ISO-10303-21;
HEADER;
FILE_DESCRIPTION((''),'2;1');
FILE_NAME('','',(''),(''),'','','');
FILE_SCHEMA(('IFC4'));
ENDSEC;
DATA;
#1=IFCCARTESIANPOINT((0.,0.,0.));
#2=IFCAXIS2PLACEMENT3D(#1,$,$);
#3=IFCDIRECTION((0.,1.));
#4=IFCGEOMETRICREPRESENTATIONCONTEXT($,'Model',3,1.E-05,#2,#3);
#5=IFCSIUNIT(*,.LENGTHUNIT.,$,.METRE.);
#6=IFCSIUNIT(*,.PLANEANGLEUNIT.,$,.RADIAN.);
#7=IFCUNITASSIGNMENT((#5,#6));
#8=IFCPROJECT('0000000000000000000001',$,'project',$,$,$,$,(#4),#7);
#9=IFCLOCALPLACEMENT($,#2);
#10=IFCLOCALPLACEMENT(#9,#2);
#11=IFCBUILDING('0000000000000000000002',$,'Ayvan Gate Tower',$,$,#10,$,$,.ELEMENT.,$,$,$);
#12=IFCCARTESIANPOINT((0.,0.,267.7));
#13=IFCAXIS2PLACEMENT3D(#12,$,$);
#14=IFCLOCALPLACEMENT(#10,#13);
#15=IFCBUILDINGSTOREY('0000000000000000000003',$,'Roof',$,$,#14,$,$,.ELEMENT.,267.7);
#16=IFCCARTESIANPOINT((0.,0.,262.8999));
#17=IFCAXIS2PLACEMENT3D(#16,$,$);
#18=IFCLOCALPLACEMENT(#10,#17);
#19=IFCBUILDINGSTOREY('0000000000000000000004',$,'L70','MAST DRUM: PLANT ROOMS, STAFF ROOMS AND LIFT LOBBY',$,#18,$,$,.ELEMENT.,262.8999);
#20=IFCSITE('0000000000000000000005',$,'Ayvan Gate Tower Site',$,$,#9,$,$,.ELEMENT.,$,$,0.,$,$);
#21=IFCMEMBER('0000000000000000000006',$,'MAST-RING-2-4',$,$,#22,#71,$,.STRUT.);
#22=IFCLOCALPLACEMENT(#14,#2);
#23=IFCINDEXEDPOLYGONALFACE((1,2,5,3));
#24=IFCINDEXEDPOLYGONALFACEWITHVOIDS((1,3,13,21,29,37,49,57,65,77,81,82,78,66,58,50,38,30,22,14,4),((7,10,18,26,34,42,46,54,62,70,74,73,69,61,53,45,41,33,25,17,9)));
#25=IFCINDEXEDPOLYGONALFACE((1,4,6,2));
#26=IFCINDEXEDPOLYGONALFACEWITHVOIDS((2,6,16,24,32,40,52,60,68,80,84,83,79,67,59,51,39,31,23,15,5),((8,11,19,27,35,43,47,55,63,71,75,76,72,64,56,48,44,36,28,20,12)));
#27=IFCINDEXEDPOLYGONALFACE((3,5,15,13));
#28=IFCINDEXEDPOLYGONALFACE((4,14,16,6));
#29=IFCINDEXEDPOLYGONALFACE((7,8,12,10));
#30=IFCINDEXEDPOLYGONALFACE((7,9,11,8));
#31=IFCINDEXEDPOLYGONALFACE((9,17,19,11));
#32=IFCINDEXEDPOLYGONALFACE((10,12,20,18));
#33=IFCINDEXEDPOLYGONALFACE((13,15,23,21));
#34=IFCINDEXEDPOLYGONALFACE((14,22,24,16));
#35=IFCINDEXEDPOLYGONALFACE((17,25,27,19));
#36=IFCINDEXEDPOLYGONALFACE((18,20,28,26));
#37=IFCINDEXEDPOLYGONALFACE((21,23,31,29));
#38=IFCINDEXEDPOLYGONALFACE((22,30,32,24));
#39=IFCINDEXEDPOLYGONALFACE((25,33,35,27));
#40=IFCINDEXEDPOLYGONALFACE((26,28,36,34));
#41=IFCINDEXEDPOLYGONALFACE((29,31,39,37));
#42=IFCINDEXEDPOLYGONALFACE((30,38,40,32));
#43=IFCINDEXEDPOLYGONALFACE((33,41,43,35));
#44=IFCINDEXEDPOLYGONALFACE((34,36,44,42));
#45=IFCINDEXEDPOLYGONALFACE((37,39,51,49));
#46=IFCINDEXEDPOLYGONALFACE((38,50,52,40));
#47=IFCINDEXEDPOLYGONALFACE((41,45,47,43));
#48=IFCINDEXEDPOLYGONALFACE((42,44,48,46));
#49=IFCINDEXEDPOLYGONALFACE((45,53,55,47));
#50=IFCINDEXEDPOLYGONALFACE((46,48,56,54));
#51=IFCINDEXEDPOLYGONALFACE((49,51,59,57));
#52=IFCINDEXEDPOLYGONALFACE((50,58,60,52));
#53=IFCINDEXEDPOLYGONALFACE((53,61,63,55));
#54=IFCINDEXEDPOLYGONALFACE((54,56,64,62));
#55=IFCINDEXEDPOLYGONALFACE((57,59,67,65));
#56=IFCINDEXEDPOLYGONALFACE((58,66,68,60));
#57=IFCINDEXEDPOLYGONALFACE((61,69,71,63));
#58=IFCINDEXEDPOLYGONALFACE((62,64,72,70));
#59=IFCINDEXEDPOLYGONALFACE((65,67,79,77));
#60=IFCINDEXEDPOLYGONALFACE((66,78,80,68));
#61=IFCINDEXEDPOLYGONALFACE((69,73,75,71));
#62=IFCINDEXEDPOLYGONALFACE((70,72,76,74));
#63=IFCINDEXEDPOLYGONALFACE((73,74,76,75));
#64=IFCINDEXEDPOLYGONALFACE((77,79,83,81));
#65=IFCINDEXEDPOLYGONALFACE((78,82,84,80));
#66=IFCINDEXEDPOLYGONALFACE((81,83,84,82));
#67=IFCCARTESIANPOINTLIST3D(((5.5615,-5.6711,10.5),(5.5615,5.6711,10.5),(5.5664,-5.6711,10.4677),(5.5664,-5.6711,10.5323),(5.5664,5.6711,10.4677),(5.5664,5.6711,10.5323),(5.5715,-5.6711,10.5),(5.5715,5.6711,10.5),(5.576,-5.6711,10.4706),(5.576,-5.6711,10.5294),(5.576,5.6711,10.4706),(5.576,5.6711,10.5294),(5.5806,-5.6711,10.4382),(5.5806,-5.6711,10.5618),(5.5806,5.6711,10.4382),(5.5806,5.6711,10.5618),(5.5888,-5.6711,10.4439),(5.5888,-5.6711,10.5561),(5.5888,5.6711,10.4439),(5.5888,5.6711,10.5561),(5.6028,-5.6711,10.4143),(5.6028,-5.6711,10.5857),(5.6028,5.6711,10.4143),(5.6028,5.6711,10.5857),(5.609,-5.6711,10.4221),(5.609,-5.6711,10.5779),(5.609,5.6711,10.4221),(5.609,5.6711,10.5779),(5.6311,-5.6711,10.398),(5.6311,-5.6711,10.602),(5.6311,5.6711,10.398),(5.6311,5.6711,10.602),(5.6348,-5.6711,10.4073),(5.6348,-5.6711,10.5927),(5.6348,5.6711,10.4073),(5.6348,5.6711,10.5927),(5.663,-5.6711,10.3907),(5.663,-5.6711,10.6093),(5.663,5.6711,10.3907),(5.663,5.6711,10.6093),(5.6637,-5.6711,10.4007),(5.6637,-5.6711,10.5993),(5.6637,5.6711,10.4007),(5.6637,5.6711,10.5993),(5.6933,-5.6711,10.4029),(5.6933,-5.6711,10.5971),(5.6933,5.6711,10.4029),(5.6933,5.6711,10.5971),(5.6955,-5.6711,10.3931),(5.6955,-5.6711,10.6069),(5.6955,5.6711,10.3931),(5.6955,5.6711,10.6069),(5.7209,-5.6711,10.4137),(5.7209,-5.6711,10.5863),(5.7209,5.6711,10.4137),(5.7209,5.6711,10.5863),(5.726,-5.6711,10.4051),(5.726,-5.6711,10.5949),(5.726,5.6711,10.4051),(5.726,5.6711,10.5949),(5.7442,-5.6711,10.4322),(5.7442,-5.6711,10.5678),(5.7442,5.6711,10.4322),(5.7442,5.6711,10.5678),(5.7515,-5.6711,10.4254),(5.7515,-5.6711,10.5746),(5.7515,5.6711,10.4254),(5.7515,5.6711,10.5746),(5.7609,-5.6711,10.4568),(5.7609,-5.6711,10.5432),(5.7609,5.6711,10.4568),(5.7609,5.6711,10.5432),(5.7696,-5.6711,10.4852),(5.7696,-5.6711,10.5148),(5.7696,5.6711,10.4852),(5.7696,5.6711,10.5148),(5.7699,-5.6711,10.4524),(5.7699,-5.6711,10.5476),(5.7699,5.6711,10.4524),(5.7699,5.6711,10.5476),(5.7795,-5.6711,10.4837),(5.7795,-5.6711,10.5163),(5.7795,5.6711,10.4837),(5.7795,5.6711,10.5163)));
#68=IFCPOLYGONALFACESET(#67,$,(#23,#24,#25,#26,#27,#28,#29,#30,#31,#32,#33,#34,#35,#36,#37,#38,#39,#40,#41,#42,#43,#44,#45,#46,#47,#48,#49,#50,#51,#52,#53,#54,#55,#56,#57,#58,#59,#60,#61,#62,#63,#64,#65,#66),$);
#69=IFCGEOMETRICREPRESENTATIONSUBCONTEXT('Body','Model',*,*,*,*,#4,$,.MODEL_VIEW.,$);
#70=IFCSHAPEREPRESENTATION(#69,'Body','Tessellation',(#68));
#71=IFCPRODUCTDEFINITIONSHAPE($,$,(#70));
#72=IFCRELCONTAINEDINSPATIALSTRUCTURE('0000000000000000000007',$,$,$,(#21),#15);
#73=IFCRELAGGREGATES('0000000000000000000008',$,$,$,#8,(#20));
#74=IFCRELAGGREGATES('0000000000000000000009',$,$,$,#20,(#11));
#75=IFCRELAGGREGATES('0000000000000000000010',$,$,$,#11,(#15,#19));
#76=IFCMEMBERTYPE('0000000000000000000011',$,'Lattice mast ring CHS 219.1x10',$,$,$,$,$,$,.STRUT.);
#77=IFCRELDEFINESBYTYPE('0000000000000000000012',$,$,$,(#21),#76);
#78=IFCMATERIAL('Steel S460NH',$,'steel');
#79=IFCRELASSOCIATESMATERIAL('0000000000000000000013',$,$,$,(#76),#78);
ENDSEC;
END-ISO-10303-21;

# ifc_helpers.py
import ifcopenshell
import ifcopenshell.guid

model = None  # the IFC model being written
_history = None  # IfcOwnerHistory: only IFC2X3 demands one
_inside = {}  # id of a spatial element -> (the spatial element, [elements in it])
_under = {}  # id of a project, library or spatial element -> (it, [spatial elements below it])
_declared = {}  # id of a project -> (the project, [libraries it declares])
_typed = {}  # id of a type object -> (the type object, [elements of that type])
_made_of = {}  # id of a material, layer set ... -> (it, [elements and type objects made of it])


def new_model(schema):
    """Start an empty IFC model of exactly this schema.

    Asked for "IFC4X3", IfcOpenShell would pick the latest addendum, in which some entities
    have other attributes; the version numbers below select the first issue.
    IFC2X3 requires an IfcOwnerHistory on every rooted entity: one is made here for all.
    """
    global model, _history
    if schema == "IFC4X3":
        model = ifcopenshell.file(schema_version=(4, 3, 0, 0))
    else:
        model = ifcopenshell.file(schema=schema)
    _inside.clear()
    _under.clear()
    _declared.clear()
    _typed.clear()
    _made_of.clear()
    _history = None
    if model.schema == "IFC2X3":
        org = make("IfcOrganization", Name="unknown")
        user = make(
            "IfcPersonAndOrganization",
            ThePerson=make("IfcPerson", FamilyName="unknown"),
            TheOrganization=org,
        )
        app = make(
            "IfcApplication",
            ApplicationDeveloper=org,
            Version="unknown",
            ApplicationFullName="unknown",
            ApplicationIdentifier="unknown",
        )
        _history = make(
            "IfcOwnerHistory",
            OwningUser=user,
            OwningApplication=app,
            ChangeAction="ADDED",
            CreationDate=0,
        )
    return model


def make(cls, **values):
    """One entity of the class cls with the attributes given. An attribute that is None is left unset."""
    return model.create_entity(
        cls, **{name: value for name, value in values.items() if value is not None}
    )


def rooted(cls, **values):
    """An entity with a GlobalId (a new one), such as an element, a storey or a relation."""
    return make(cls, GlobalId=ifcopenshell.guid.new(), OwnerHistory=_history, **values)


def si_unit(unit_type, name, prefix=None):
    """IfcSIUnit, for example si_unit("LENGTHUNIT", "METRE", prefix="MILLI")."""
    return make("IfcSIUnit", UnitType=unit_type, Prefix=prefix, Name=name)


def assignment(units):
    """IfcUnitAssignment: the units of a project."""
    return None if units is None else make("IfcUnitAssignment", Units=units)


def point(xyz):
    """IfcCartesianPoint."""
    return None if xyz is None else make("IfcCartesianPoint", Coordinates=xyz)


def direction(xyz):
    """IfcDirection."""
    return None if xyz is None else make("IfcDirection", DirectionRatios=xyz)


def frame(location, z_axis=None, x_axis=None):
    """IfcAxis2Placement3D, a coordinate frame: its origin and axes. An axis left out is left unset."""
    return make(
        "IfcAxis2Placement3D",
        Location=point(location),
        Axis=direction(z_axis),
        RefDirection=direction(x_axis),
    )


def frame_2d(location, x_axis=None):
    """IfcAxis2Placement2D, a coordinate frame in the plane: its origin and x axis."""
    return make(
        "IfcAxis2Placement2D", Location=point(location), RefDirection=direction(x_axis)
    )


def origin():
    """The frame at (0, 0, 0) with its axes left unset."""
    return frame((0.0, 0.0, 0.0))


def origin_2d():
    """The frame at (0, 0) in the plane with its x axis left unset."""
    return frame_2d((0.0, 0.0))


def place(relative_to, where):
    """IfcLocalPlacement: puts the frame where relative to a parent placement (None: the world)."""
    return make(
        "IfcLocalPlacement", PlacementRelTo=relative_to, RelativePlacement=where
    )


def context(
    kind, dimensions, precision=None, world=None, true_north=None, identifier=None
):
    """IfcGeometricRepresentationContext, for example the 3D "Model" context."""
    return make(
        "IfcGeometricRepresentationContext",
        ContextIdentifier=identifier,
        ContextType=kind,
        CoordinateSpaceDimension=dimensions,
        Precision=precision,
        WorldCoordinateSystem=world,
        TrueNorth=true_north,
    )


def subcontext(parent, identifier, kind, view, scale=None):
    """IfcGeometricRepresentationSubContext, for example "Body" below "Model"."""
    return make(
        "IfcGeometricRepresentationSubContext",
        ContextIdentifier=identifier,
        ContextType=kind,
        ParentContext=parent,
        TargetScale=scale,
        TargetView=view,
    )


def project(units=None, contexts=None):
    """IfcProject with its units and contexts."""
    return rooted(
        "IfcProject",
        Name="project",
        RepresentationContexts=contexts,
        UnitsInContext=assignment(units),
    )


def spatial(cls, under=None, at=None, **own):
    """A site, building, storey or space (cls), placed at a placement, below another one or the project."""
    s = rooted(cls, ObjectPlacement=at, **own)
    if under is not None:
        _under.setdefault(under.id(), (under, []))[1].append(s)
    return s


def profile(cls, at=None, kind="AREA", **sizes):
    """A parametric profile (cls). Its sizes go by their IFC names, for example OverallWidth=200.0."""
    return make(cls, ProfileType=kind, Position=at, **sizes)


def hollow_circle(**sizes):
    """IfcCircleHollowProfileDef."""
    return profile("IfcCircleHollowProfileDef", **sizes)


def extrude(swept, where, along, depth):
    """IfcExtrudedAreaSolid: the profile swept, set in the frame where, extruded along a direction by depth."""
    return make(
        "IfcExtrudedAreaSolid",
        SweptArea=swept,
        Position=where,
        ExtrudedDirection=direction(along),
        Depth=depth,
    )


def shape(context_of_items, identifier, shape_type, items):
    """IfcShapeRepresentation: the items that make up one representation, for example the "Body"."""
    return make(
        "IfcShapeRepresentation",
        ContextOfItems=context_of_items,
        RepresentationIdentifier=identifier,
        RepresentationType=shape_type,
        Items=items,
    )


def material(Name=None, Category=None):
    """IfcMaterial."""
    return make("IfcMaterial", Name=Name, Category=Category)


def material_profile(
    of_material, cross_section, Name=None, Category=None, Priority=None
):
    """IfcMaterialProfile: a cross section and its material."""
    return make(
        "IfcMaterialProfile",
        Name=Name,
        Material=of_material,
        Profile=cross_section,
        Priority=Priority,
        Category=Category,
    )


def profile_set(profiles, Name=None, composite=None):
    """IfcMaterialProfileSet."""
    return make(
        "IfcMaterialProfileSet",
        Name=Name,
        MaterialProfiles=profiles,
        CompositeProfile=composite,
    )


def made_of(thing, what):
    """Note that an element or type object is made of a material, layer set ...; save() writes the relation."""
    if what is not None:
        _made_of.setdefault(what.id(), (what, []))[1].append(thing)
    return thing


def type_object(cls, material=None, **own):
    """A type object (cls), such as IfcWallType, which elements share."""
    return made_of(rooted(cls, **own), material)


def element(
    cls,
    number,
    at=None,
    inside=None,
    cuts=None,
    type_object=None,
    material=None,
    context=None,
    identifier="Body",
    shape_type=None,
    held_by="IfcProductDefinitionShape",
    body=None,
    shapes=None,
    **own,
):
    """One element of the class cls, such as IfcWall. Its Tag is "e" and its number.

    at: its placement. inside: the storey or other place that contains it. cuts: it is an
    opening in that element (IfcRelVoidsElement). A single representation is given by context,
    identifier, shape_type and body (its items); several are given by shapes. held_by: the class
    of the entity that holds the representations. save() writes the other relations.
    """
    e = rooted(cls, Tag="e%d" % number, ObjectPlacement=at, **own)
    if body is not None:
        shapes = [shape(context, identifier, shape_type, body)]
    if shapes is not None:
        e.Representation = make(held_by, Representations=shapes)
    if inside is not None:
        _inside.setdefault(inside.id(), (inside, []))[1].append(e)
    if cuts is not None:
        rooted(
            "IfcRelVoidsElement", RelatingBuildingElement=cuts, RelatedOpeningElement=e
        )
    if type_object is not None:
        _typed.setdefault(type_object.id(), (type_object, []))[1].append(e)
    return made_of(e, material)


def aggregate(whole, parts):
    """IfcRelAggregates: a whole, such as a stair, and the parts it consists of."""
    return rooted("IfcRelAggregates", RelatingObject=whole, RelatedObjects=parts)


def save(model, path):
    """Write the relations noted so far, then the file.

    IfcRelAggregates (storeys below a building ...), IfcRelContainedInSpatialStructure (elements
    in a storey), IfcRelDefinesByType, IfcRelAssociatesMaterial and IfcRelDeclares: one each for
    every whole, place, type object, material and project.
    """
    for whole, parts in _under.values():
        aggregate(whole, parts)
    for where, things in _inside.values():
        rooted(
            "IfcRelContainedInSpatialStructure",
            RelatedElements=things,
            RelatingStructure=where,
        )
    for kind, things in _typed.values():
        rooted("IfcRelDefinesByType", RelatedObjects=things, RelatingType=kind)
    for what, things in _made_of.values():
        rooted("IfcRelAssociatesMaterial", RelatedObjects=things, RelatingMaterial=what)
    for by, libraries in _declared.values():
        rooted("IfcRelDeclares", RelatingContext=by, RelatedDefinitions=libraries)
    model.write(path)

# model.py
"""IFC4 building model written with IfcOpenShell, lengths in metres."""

from ifc_helpers import new_model, si_unit, direction, frame, origin, origin_2d, place, context, subcontext, project, spatial, hollow_circle, extrude, material, material_profile, profile_set, type_object, element, save


model = new_model("IFC4")

# Units and contexts
model_context = context("Model", 3, precision=1e-05, world=origin(), true_north=direction((0.0, 1.0)))
body_context = subcontext(model_context, "Body", "Model", "MODEL_VIEW")
ifc_project = project(units=[si_unit("LENGTHUNIT", "METRE"), si_unit("PLANEANGLEUNIT", "RADIAN")], contexts=[model_context])

# Site, building, storey
site_placement = place(None, origin())
site = spatial("IfcSite", under=ifc_project, at=site_placement, Name="Ayvan Gate Tower Site", CompositionType="ELEMENT", RefElevation=0.0)
building_placement = place(site_placement, origin())
building = spatial("IfcBuilding", under=site, at=building_placement, Name="Ayvan Gate Tower", CompositionType="ELEMENT")
storey_1_placement = place(building_placement, frame((0.0, 0.0, 267.7)))
storey_1 = spatial("IfcBuildingStorey", under=building, at=storey_1_placement, Name="Roof", CompositionType="ELEMENT", Elevation=267.7)

# Member
ifc_material_1 = material(Name="Steel S460NH", Category="steel")
ifc_material_profile_1 = material_profile(ifc_material_1, hollow_circle(Radius=0.1096, WallThickness=0.01, at=origin_2d()), Name="CHS 219.1x10")
ifc_profile_set_1 = profile_set([ifc_material_profile_1], Name="Steel S460NH")
member_type_1 = type_object("IfcMemberType", Name="Lattice mast ring CHS 219.1x10", PredefinedType="STRUT", material=ifc_profile_set_1)
member_1_placement = place(storey_1_placement, frame((5.6711, -5.6711, 10.5), z_axis=(0.0, 1.0, 0.0), x_axis=(-1.0, 0.0, 0.0)))
element("IfcMember", 1, at=member_1_placement, inside=storey_1, type_object=member_type_1, Name="MAST-RING-2-4", PredefinedType="STRUT", context=body_context, shape_type="SweptSolid", body=[
    extrude(hollow_circle(Radius=0.1096, WallThickness=0.01, at=origin_2d()), origin(), (0.0, 0.0, 1.0), 11.3423),
])

# Shared definitions
storey_2_placement = place(building_placement, frame((0.0, 0.0, 262.8999)))
storey_2 = spatial("IfcBuildingStorey", under=building, at=storey_2_placement, Name="L70", Description="MAST DRUM: PLANT ROOMS, STAFF ROOMS AND LIFT LOBBY", CompositionType="ELEMENT", Elevation=262.8999)

save(model, "model.ifc")
